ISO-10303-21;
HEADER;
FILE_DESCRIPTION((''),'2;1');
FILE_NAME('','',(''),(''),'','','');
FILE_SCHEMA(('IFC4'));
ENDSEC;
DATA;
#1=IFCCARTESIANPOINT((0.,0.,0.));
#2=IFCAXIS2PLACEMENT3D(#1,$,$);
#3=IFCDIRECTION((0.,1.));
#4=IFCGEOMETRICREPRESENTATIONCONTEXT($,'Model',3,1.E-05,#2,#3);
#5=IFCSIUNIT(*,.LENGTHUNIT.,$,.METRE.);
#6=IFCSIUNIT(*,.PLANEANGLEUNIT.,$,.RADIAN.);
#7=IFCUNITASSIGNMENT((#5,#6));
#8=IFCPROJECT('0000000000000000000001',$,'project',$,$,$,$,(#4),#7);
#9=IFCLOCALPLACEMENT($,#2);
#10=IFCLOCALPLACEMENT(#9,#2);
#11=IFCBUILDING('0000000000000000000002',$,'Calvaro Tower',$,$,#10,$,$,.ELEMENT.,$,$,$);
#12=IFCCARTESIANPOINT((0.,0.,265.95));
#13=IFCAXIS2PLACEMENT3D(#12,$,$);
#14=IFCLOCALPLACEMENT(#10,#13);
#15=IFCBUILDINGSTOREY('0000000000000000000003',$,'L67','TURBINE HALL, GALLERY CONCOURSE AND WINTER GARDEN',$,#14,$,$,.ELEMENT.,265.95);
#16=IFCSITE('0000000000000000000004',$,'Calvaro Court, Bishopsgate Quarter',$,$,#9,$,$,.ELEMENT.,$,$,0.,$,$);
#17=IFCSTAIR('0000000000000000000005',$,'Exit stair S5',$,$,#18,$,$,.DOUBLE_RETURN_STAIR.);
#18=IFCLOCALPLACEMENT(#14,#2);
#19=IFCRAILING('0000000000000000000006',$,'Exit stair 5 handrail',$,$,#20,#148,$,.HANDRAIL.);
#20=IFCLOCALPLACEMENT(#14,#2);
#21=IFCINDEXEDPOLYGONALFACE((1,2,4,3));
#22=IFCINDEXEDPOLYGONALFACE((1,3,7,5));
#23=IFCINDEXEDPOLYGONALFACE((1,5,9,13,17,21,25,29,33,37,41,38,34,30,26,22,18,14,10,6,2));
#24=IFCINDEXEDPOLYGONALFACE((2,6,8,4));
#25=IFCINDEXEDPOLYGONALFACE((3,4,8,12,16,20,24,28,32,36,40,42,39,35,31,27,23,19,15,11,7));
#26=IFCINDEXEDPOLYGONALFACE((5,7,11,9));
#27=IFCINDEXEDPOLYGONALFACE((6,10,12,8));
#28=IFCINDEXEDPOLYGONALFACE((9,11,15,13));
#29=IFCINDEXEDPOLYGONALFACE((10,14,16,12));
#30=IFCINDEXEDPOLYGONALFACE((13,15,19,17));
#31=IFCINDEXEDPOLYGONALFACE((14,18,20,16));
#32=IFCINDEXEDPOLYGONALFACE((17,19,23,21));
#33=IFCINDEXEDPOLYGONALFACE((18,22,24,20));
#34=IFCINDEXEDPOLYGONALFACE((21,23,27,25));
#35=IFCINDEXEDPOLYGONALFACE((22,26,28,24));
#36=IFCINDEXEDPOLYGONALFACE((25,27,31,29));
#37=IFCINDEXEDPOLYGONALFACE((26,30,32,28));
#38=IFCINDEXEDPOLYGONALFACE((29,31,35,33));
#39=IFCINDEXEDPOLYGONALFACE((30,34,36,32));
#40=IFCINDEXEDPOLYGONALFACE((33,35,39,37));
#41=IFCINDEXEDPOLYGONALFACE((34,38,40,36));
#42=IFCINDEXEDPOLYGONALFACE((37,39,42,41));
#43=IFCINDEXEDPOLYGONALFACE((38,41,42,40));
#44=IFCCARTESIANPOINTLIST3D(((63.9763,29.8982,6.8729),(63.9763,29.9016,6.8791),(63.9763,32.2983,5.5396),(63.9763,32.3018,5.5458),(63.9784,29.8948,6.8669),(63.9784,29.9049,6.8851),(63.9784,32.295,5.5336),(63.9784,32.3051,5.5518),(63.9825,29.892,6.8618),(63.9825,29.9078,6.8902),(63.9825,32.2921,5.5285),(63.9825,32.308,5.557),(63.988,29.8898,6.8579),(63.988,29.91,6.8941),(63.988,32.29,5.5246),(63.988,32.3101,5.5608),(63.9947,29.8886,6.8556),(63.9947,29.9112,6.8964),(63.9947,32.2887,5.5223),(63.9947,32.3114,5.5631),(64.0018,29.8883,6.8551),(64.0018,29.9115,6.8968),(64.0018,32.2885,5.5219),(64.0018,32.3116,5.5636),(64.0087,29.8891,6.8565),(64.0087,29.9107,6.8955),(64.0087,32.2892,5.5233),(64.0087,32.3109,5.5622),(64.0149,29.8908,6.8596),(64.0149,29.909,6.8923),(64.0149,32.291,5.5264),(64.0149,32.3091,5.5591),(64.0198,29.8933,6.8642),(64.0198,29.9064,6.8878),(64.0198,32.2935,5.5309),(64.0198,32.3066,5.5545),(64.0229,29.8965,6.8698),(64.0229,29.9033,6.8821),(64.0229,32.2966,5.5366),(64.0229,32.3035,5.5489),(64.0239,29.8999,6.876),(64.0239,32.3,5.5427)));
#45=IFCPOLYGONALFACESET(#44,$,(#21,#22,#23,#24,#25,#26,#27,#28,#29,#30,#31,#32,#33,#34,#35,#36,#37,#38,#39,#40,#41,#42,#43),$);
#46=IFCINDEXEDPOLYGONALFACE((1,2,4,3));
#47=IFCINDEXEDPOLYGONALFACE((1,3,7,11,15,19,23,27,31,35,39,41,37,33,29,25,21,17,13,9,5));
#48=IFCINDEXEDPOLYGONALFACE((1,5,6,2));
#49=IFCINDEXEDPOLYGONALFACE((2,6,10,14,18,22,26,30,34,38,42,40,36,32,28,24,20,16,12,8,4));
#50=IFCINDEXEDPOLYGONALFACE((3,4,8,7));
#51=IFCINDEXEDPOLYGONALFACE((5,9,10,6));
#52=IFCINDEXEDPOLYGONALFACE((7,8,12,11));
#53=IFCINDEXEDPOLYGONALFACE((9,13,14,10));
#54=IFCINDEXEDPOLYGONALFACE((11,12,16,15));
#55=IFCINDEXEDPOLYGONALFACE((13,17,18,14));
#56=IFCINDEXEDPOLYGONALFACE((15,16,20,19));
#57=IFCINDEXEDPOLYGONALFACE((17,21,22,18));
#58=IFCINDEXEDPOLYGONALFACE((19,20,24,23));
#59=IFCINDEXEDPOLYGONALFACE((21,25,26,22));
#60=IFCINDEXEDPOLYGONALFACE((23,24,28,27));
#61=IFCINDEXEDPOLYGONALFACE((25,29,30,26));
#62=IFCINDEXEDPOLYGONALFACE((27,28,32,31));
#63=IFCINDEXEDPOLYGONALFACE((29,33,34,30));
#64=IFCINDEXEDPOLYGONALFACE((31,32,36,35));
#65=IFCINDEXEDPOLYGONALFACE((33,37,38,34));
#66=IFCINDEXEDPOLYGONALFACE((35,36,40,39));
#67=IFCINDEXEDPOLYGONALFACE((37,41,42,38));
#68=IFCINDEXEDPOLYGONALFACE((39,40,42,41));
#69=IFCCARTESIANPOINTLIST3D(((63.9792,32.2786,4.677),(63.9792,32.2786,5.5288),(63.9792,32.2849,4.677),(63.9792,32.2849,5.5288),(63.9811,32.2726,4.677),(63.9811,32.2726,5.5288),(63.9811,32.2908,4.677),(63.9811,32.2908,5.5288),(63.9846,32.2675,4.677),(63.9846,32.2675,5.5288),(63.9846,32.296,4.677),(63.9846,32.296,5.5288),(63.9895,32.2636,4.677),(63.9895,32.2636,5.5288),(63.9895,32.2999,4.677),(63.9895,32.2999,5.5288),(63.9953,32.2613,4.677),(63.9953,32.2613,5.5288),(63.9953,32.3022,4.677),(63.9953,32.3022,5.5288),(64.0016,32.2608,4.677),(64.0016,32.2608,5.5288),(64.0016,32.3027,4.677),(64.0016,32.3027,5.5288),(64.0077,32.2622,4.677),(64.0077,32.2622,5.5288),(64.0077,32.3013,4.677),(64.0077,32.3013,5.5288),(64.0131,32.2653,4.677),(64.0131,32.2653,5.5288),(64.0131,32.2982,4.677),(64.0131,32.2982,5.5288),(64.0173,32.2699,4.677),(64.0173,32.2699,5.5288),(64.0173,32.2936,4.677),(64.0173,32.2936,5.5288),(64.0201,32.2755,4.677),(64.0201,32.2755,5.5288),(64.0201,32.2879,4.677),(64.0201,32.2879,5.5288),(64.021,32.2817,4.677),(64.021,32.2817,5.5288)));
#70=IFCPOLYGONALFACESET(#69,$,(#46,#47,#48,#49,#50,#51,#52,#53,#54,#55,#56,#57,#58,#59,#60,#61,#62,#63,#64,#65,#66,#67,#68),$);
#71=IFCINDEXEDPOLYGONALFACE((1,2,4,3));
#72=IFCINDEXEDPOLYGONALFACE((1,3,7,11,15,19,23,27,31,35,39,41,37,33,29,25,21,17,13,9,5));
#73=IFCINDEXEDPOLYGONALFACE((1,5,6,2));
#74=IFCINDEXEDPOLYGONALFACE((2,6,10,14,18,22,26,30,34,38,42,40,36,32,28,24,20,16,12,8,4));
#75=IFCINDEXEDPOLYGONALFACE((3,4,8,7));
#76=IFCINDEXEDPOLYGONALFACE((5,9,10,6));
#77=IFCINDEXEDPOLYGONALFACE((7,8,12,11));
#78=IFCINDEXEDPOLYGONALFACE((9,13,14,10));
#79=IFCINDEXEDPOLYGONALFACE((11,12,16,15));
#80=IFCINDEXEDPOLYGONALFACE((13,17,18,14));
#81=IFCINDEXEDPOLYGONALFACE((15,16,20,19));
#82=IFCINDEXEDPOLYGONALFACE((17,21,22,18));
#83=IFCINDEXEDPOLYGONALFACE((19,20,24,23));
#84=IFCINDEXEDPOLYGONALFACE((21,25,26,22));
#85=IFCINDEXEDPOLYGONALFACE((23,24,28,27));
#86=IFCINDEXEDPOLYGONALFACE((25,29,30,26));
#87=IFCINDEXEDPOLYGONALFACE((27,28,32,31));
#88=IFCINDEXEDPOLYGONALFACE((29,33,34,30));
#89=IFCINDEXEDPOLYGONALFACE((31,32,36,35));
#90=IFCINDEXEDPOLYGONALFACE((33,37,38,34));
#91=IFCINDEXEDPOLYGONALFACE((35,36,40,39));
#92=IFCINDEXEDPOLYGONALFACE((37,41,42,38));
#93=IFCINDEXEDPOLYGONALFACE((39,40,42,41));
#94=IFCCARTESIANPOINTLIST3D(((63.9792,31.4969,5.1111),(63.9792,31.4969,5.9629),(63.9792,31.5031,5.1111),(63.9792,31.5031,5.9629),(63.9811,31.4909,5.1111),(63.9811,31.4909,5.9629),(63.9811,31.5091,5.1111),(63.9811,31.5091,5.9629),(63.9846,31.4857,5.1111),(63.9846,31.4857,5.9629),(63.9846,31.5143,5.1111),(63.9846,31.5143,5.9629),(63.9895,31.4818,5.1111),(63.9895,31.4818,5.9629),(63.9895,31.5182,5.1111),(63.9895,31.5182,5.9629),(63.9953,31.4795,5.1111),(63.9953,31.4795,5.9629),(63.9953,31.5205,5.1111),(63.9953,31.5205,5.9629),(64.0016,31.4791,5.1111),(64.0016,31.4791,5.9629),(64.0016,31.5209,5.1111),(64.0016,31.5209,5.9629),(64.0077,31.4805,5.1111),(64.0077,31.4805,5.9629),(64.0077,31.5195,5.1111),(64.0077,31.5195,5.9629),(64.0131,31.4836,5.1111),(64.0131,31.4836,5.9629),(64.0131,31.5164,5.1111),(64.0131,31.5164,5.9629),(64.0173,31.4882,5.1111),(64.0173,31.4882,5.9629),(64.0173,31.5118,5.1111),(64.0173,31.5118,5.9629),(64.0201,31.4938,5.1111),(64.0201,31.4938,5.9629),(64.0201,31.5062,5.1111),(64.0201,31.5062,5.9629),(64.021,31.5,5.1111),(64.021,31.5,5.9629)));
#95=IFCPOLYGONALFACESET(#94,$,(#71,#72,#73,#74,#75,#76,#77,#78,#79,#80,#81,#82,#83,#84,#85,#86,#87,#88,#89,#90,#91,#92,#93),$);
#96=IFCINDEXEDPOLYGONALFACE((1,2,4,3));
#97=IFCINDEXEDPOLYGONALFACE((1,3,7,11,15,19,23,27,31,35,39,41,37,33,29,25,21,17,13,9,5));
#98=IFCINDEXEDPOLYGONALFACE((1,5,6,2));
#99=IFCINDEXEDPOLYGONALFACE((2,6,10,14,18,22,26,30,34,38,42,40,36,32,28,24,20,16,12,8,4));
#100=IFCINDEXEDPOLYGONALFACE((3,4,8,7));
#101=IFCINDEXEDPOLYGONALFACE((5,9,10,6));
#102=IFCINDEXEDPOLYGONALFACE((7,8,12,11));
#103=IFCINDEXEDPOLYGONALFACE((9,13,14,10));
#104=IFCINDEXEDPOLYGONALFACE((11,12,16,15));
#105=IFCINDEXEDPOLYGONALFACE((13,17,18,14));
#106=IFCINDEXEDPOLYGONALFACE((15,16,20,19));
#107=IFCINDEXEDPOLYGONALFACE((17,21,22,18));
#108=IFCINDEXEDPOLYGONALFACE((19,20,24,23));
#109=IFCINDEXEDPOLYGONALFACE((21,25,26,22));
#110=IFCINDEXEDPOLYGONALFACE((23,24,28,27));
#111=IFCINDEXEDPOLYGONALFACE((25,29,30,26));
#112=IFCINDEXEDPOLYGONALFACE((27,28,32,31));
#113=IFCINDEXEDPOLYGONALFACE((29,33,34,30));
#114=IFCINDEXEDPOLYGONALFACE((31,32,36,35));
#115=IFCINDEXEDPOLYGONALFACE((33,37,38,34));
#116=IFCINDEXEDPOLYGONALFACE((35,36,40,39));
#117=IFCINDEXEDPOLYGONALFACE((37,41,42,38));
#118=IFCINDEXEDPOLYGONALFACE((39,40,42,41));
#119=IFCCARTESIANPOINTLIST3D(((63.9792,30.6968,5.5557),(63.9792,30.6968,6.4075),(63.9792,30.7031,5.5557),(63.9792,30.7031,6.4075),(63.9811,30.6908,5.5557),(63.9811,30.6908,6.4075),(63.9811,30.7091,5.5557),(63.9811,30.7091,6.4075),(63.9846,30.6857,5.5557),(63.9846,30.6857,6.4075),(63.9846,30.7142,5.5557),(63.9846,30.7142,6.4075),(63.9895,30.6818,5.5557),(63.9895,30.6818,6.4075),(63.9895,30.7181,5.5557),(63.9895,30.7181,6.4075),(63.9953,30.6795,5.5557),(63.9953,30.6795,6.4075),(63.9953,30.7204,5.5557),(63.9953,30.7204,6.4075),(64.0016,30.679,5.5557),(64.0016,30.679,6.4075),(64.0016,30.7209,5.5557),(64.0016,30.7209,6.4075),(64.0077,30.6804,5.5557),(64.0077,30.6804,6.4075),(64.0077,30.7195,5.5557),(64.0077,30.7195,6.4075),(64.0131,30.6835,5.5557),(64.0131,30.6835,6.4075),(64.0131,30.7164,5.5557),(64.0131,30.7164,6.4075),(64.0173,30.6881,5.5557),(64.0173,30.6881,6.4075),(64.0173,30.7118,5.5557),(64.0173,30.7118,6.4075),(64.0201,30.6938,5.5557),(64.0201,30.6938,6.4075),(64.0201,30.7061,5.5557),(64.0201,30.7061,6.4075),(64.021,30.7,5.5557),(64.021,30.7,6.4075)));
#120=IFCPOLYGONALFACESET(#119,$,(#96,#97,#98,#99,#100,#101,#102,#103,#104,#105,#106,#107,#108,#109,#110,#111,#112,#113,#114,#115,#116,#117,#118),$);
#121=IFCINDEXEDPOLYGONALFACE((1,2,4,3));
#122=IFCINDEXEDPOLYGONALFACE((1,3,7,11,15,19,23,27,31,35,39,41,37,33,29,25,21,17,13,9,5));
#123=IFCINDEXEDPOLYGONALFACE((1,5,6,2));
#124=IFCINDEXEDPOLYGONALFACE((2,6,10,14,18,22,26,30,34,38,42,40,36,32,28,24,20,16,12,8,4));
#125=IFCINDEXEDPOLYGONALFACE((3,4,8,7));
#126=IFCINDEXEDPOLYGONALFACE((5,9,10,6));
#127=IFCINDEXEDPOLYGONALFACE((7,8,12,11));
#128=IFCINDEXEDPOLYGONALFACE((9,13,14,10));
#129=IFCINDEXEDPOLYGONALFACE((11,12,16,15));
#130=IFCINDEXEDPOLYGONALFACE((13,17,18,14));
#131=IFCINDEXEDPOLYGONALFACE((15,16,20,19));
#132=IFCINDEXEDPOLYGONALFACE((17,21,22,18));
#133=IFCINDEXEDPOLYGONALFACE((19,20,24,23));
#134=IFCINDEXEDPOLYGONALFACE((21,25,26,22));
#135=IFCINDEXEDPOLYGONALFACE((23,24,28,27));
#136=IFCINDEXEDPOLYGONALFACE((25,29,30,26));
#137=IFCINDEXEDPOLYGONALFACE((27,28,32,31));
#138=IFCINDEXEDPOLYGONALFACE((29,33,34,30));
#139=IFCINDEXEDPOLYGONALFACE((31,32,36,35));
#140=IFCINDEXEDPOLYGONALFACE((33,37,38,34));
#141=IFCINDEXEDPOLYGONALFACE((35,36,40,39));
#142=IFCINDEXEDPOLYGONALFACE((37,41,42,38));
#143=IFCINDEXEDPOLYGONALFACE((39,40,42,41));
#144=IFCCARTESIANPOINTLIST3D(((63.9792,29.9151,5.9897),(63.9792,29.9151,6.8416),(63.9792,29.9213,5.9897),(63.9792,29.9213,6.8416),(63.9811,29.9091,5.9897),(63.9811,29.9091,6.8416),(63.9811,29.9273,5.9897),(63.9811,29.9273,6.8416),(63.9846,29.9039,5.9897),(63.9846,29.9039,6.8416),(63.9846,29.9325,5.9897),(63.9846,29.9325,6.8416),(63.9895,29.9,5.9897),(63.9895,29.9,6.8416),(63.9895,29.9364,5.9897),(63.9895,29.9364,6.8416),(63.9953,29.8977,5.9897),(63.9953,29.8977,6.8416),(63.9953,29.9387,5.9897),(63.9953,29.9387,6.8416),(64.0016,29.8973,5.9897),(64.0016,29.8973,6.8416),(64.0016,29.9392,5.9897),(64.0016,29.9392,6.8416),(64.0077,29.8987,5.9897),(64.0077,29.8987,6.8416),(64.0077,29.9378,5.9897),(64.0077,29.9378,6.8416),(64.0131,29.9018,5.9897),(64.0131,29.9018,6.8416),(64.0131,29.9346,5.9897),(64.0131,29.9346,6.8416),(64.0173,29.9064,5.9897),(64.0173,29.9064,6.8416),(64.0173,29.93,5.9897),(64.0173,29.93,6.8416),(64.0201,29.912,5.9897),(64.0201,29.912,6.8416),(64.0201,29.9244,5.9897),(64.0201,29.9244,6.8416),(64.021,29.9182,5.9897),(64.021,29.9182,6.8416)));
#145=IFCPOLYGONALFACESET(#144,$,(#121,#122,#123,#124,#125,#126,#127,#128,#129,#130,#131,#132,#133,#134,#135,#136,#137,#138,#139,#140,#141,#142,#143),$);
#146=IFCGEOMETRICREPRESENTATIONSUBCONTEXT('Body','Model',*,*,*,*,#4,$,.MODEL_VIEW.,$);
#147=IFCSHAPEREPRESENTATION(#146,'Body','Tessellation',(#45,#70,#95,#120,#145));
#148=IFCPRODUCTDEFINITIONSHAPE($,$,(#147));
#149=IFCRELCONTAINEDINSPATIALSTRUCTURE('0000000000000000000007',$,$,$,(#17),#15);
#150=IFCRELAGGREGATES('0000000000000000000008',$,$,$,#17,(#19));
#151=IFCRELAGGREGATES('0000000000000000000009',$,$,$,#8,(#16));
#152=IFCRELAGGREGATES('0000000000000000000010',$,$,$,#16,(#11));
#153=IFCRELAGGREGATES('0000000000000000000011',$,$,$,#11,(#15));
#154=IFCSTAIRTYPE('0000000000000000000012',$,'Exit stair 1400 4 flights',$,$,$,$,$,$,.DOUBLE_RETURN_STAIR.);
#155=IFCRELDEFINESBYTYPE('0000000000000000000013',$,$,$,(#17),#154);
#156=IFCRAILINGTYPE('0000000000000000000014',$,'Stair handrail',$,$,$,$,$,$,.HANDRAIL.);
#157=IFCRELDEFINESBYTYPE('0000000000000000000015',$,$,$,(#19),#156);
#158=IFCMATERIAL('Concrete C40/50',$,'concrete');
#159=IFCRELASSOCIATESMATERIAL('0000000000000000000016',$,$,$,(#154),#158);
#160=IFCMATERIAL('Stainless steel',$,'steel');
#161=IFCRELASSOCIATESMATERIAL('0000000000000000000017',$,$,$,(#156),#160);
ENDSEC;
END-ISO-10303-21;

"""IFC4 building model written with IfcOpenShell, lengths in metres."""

from ifc_helpers import new_model, si_unit, direction, frame, origin, origin_2d, place, context, subcontext, project, spatial, circle, extrude, material, type_object, element, aggregate, save


model = new_model("IFC4")

# Units and contexts
model_context = context("Model", 3, precision=1e-05, world=origin(), true_north=direction((0.0, 1.0)))
body_context = subcontext(model_context, "Body", "Model", "MODEL_VIEW")
ifc_project = project(units=[si_unit("LENGTHUNIT", "METRE"), si_unit("PLANEANGLEUNIT", "RADIAN")], contexts=[model_context])

# Site, building, storey
site_placement = place(None, origin())
site = spatial("IfcSite", under=ifc_project, at=site_placement, Name="Calvaro Court, Bishopsgate Quarter", CompositionType="ELEMENT", RefElevation=0.0)
building_placement = place(site_placement, origin())
building = spatial("IfcBuilding", under=site, at=building_placement, Name="Calvaro Tower", CompositionType="ELEMENT")
storey_placement = place(building_placement, frame((0.0, 0.0, 265.95)))
storey = spatial("IfcBuildingStorey", under=building, at=storey_placement, Name="L67", Description="TURBINE HALL, GALLERY CONCOURSE AND WINTER GARDEN", CompositionType="ELEMENT", Elevation=265.95)

# Stair
ifc_material_1 = material(Name="Concrete C40/50", Category="concrete")
stair_type = type_object("IfcStairType", Name="Exit stair 1400 4 flights", PredefinedType="DOUBLE_RETURN_STAIR", material=ifc_material_1)
stair_1_placement = place(storey_placement, origin())
stair_1 = element("IfcStair", 1, at=stair_1_placement, inside=storey, type_object=stair_type, Name="Exit stair S5", PredefinedType="DOUBLE_RETURN_STAIR")

# Railing
ifc_material_2 = material(Name="Stainless steel", Category="steel")
railing_type_1 = type_object("IfcRailingType", Name="Stair handrail", PredefinedType="HANDRAIL", material=ifc_material_2)
railing_1_placement = place(storey_placement, frame((64.0, 32.3, 4.6667)))
railing_1 = element("IfcRailing", 2, at=railing_1_placement, type_object=railing_type_1, Name="Exit stair 5 handrail", PredefinedType="HANDRAIL", context=body_context, shape_type="SweptSolid", body=[
    extrude(circle(Radius=0.0239, at=origin_2d()), frame((0.0, 0.0, 0.876), z_axis=(0.0, -0.874182, 0.485598), x_axis=(1.0, 0.0, 0.0)), (0.0, 0.0, 1.0), 2.7456),
    extrude(circle(Radius=0.021, at=origin_2d()), frame((0.0, -0.0183, 0.0103)), (0.0, 0.0, 1.0), 0.8518),
    extrude(circle(Radius=0.021, at=origin_2d()), frame((0.0, -0.8, 0.4443)), (0.0, 0.0, 1.0), 0.8518),
    extrude(circle(Radius=0.021, at=origin_2d()), frame((0.0, -1.6001, 0.8889)), (0.0, 0.0, 1.0), 0.8518),
    extrude(circle(Radius=0.021, at=origin_2d()), frame((0.0, -2.3818, 1.323)), (0.0, 0.0, 1.0), 0.8518),
])
aggregate(stair_1, [railing_1])

save(model, "model.ifc")
